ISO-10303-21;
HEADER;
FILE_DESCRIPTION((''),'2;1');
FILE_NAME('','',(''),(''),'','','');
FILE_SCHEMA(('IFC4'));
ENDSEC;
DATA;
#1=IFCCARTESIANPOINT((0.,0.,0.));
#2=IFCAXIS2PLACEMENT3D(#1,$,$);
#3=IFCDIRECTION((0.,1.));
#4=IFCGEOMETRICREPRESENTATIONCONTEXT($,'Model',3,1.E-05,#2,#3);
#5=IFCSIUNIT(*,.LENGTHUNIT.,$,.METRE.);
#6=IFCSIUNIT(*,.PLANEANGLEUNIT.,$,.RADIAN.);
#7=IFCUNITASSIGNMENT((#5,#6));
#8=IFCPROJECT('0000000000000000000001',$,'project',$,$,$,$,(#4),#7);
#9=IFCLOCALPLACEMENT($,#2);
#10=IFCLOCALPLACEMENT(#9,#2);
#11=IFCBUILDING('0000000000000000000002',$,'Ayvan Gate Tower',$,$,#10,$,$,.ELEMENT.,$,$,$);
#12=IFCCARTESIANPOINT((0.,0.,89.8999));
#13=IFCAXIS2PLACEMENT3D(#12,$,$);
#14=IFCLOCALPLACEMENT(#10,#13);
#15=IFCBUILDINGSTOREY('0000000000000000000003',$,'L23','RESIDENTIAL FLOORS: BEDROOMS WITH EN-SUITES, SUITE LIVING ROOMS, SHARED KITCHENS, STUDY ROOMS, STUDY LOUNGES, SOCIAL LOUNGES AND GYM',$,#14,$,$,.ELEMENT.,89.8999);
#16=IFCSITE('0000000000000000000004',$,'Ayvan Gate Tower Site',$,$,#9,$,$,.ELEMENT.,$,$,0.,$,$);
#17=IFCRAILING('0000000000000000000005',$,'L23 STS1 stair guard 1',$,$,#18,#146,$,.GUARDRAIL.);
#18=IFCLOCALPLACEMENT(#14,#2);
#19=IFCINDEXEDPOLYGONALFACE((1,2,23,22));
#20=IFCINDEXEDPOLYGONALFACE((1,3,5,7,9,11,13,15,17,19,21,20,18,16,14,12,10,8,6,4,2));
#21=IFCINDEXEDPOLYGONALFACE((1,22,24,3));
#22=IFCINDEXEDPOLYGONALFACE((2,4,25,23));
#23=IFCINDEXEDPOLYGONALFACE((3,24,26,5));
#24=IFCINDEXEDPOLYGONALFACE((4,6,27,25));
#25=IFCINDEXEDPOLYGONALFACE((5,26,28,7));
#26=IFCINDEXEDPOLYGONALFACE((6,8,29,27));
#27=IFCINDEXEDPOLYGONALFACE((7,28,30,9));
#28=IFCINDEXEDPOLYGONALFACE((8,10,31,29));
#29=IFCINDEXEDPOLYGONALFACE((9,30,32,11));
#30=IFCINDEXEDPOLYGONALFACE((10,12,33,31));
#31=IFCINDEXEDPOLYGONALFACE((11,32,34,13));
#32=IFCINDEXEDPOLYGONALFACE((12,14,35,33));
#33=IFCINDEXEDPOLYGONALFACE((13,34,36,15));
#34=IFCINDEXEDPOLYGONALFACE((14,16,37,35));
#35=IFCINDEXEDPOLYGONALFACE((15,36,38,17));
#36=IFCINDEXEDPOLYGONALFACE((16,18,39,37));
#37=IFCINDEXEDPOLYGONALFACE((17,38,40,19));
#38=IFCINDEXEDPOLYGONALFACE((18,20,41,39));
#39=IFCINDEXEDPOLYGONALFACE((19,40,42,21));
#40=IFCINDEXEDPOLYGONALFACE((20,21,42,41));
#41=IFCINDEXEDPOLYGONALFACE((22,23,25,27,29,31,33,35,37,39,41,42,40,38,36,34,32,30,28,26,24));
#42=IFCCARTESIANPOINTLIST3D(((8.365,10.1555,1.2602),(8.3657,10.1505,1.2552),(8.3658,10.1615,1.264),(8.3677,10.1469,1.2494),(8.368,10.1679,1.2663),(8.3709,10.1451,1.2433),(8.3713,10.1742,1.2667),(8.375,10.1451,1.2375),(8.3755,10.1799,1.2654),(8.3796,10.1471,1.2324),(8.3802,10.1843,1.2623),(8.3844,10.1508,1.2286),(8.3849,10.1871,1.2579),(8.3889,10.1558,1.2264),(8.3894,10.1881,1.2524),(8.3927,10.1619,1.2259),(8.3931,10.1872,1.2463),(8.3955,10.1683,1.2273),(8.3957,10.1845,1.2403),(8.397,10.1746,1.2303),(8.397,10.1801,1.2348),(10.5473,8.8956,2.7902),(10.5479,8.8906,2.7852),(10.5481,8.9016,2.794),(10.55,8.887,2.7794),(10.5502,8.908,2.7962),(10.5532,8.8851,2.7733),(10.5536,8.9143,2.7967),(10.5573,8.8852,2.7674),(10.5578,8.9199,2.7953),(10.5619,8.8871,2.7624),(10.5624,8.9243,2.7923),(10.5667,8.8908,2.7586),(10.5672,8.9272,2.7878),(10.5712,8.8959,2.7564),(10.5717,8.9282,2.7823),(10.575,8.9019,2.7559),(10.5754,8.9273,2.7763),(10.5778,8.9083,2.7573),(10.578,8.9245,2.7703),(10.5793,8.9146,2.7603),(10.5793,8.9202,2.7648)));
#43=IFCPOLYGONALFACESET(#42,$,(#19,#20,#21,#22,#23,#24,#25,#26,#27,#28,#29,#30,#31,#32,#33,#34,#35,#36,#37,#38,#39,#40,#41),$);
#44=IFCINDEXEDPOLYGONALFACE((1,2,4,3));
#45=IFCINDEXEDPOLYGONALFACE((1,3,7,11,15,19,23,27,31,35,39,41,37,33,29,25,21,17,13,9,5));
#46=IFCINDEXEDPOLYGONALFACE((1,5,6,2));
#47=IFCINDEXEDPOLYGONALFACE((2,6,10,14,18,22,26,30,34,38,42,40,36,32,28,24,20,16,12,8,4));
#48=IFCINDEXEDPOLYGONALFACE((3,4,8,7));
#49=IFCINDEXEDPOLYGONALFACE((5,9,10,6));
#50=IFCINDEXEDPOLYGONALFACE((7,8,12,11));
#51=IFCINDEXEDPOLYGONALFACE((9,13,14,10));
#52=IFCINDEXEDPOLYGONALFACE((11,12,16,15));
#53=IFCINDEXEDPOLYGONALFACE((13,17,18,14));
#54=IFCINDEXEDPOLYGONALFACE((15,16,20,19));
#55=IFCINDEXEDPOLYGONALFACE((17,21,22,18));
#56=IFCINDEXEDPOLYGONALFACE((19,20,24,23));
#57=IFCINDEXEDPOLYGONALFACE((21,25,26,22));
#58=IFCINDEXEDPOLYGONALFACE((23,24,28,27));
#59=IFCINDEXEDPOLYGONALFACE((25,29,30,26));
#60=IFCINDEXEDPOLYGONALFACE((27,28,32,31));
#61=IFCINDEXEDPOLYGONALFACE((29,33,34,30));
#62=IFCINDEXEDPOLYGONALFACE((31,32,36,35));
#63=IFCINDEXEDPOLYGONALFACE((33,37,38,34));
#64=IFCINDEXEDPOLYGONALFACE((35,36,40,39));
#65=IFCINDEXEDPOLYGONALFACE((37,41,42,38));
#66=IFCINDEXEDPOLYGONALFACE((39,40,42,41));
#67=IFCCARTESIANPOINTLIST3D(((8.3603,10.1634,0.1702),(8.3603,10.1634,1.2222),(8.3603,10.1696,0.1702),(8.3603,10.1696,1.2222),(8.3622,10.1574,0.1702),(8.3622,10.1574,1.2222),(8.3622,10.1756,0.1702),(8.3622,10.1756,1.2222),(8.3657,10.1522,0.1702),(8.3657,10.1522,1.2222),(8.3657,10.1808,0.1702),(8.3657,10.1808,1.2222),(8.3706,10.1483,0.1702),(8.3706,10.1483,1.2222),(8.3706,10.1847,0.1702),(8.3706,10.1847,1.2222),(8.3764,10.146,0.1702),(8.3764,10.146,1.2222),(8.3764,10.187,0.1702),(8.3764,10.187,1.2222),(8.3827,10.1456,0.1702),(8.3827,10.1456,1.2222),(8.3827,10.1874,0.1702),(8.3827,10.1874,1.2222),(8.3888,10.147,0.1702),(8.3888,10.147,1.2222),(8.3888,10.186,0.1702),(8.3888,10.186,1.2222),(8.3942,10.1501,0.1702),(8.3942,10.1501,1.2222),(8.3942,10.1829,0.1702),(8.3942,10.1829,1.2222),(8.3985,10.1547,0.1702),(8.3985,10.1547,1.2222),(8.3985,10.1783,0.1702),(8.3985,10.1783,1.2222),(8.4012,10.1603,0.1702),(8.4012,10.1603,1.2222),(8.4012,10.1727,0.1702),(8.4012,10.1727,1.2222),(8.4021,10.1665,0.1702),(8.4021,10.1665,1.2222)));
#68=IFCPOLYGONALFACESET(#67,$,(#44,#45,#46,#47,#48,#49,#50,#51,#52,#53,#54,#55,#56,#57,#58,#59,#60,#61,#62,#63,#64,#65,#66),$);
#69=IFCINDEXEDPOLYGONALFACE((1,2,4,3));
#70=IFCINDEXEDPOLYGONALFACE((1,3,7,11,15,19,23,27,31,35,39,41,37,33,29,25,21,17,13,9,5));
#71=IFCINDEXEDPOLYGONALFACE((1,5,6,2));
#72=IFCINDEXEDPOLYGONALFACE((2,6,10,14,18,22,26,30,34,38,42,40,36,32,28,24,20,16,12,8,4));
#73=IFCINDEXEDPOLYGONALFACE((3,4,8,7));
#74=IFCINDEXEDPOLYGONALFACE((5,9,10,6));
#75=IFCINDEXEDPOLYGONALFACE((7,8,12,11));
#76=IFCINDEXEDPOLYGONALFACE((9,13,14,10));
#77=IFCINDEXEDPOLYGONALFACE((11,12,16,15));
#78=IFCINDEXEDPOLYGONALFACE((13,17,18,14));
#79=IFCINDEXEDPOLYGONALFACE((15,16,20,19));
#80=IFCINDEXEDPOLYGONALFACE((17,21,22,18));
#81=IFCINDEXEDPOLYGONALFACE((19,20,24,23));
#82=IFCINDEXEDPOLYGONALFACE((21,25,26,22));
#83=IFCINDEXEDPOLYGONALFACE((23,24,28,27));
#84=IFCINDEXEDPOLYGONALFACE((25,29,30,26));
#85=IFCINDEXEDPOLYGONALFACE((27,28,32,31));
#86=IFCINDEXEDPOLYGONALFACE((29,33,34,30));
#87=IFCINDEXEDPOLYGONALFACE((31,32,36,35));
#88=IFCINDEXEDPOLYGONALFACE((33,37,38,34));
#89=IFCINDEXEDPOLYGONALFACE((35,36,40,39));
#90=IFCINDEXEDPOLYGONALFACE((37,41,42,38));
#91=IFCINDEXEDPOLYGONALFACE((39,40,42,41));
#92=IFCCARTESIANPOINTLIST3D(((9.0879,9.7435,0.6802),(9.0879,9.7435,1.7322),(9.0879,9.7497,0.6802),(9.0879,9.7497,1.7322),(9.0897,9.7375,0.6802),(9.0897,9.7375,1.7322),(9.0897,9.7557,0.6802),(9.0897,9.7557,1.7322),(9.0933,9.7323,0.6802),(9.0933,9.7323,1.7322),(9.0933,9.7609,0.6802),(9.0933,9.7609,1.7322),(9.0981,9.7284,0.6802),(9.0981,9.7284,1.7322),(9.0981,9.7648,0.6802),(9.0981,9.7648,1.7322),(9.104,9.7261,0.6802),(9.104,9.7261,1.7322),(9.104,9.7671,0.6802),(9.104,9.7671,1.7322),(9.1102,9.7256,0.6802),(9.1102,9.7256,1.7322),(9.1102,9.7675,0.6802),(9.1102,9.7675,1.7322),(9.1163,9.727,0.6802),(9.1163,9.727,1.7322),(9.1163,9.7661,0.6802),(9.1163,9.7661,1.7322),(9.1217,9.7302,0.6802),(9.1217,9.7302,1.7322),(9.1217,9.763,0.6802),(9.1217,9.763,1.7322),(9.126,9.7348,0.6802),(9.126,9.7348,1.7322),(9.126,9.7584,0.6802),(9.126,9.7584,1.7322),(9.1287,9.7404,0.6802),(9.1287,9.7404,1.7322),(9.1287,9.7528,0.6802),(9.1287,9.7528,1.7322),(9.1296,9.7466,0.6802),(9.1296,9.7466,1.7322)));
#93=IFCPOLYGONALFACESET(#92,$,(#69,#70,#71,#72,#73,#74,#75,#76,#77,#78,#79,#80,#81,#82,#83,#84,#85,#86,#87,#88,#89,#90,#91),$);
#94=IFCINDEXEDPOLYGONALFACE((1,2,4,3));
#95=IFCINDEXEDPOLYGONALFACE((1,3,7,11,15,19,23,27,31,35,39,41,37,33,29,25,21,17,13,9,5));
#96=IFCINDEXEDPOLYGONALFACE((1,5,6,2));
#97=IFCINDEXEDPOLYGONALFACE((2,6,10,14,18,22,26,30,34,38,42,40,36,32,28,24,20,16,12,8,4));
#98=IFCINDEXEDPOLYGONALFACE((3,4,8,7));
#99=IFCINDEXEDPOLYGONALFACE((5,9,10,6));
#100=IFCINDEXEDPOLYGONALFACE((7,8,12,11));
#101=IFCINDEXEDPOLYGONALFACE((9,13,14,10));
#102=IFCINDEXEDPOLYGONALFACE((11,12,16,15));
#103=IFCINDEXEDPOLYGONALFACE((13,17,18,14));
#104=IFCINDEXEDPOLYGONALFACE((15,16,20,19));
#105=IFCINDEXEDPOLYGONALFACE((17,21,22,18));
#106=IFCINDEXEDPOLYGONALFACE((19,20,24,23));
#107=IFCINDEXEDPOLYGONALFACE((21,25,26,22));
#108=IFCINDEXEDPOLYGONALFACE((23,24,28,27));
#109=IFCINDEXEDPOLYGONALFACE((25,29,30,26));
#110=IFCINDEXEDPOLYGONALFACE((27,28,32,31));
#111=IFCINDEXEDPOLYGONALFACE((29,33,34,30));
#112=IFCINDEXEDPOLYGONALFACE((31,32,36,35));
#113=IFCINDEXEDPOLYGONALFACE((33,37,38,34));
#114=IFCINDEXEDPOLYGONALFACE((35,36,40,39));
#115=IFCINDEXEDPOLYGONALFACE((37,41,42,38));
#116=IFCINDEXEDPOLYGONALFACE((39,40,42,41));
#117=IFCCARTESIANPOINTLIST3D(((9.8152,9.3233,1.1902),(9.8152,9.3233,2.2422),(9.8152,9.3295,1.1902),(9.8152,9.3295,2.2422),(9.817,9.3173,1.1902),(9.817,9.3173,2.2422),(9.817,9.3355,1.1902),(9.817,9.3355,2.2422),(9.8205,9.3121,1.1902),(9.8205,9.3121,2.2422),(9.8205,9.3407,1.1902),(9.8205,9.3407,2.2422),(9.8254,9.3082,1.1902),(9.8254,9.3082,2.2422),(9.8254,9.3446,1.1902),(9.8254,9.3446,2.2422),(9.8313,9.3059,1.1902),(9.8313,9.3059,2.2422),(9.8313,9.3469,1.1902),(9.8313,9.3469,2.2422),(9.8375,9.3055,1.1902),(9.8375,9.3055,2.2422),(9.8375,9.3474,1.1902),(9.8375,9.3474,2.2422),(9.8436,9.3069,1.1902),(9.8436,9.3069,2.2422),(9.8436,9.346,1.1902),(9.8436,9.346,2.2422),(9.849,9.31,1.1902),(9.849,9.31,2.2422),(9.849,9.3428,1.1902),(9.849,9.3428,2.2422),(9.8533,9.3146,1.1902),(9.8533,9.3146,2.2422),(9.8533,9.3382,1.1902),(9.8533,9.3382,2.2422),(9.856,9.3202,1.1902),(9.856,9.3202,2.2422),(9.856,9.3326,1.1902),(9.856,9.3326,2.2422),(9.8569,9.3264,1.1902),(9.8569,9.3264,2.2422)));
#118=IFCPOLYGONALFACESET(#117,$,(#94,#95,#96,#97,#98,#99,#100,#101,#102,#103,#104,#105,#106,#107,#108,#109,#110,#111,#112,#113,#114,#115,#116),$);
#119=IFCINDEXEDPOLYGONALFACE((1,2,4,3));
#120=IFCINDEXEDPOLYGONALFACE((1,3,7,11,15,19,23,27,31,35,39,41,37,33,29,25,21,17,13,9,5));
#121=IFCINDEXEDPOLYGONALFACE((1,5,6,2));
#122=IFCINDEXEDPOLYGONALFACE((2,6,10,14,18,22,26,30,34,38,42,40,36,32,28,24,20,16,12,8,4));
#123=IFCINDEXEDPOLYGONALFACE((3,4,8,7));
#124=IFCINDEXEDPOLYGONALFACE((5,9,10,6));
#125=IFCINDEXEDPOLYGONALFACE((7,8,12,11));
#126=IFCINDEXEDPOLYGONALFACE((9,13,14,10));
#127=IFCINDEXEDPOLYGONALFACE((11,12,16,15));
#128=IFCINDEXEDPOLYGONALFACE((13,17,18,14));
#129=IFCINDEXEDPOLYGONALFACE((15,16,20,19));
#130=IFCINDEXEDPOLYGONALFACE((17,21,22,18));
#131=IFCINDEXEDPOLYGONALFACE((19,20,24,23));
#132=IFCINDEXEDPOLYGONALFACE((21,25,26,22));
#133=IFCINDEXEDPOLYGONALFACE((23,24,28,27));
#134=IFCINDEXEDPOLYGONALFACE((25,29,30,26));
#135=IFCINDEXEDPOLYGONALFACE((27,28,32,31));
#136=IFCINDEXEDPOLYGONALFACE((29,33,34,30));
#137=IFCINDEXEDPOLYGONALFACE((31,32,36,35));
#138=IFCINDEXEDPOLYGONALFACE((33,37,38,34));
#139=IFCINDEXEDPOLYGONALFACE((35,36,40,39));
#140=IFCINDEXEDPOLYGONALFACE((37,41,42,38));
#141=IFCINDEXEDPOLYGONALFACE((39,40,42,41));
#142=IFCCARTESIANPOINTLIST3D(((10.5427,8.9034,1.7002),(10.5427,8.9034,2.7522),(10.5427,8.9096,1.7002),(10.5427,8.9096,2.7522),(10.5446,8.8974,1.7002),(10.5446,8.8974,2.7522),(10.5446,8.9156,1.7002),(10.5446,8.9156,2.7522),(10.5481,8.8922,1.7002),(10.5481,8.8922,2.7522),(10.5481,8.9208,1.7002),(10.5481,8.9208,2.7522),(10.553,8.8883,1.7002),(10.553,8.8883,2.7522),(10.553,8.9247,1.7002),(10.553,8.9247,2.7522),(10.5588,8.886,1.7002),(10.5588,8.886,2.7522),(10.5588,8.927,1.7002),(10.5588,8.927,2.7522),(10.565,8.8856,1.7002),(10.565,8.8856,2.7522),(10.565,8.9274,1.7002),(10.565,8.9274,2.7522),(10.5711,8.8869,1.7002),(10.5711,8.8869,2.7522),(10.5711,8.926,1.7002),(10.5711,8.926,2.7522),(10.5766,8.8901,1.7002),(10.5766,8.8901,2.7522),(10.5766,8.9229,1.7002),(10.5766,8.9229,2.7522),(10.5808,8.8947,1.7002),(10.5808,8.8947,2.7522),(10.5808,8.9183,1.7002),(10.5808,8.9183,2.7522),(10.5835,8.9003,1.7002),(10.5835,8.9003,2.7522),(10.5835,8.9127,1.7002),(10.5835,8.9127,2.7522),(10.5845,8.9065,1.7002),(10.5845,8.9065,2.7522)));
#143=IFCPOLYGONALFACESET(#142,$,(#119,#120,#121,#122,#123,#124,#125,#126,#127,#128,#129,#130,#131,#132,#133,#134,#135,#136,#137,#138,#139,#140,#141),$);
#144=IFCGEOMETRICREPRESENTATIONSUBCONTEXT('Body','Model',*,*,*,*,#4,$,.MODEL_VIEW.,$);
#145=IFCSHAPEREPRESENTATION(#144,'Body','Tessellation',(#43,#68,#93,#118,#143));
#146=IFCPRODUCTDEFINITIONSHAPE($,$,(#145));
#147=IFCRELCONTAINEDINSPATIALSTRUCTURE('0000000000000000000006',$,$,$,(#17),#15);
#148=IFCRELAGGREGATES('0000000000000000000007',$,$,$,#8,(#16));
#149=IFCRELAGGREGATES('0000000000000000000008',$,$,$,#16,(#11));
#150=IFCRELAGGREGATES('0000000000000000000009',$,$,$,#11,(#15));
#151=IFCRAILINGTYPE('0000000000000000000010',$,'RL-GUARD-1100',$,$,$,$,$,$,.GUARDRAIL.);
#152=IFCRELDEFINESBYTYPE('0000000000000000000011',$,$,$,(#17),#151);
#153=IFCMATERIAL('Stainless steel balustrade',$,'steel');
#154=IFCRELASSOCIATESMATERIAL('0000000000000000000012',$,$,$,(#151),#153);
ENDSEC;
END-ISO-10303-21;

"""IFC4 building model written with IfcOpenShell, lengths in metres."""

from ifc_helpers import new_model, si_unit, direction, frame, origin, origin_2d, place, context, subcontext, project, spatial, circle, extrude, material, type_object, element, save


model = new_model("IFC4")

# Units and contexts
model_context = context("Model", 3, precision=1e-05, world=origin(), true_north=direction((0.0, 1.0)))
body_context = subcontext(model_context, "Body", "Model", "MODEL_VIEW")
ifc_project = project(units=[si_unit("LENGTHUNIT", "METRE"), si_unit("PLANEANGLEUNIT", "RADIAN")], contexts=[model_context])

# Site, building, storey
site_placement = place(None, origin())
site = spatial("IfcSite", under=ifc_project, at=site_placement, Name="Ayvan Gate Tower Site", CompositionType="ELEMENT", RefElevation=0.0)
building_placement = place(site_placement, origin())
building = spatial("IfcBuilding", under=site, at=building_placement, Name="Ayvan Gate Tower", CompositionType="ELEMENT")
storey_placement = place(building_placement, frame((0.0, 0.0, 89.8999)))
storey = spatial("IfcBuildingStorey", under=building, at=storey_placement, Name="L23", Description="RESIDENTIAL FLOORS: BEDROOMS WITH EN-SUITES, SUITE LIVING ROOMS, SHARED KITCHENS, STUDY ROOMS, STUDY LOUNGES, SOCIAL LOUNGES AND GYM", CompositionType="ELEMENT", Elevation=89.8999)

# Railing
ifc_material_1 = material(Name="Stainless steel balustrade", Category="steel")
railing_type_1 = type_object("IfcRailingType", Name="RL-GUARD-1100", PredefinedType="GUARDRAIL", material=ifc_material_1)
railing_1_placement = place(storey_placement, frame((8.3811, 10.1665, 0.1702)))
element("IfcRailing", 1, at=railing_1_placement, inside=storey, type_object=railing_type_1, Name="L23 STS1 stair guard 1", PredefinedType="GUARDRAIL", context=body_context, shape_type="SweptSolid", body=[
    extrude(circle(Radius=0.0239, at=origin_2d()), frame((0.0, 0.0, 1.0762), z_axis=(0.740261, -0.427395, 0.518986), x_axis=(0.500005, 0.866023, 0.0)), (0.0, 0.0, 1.0), 2.948),
    extrude(circle(Radius=0.021, at=origin_2d()), origin(), (0.0, 0.0, 1.0), 1.052),
    extrude(circle(Radius=0.021, at=origin_2d()), frame((0.7275, -0.4199, 0.51)), (0.0, 0.0, 1.0), 1.052),
    extrude(circle(Radius=0.021, at=origin_2d()), frame((1.4548, -0.8401, 1.02)), (0.0, 0.0, 1.0), 1.052),
    extrude(circle(Radius=0.021, at=origin_2d()), frame((2.1824, -1.26, 1.53)), (0.0, 0.0, 1.0), 1.052),
])

save(model, "model.ifc")
